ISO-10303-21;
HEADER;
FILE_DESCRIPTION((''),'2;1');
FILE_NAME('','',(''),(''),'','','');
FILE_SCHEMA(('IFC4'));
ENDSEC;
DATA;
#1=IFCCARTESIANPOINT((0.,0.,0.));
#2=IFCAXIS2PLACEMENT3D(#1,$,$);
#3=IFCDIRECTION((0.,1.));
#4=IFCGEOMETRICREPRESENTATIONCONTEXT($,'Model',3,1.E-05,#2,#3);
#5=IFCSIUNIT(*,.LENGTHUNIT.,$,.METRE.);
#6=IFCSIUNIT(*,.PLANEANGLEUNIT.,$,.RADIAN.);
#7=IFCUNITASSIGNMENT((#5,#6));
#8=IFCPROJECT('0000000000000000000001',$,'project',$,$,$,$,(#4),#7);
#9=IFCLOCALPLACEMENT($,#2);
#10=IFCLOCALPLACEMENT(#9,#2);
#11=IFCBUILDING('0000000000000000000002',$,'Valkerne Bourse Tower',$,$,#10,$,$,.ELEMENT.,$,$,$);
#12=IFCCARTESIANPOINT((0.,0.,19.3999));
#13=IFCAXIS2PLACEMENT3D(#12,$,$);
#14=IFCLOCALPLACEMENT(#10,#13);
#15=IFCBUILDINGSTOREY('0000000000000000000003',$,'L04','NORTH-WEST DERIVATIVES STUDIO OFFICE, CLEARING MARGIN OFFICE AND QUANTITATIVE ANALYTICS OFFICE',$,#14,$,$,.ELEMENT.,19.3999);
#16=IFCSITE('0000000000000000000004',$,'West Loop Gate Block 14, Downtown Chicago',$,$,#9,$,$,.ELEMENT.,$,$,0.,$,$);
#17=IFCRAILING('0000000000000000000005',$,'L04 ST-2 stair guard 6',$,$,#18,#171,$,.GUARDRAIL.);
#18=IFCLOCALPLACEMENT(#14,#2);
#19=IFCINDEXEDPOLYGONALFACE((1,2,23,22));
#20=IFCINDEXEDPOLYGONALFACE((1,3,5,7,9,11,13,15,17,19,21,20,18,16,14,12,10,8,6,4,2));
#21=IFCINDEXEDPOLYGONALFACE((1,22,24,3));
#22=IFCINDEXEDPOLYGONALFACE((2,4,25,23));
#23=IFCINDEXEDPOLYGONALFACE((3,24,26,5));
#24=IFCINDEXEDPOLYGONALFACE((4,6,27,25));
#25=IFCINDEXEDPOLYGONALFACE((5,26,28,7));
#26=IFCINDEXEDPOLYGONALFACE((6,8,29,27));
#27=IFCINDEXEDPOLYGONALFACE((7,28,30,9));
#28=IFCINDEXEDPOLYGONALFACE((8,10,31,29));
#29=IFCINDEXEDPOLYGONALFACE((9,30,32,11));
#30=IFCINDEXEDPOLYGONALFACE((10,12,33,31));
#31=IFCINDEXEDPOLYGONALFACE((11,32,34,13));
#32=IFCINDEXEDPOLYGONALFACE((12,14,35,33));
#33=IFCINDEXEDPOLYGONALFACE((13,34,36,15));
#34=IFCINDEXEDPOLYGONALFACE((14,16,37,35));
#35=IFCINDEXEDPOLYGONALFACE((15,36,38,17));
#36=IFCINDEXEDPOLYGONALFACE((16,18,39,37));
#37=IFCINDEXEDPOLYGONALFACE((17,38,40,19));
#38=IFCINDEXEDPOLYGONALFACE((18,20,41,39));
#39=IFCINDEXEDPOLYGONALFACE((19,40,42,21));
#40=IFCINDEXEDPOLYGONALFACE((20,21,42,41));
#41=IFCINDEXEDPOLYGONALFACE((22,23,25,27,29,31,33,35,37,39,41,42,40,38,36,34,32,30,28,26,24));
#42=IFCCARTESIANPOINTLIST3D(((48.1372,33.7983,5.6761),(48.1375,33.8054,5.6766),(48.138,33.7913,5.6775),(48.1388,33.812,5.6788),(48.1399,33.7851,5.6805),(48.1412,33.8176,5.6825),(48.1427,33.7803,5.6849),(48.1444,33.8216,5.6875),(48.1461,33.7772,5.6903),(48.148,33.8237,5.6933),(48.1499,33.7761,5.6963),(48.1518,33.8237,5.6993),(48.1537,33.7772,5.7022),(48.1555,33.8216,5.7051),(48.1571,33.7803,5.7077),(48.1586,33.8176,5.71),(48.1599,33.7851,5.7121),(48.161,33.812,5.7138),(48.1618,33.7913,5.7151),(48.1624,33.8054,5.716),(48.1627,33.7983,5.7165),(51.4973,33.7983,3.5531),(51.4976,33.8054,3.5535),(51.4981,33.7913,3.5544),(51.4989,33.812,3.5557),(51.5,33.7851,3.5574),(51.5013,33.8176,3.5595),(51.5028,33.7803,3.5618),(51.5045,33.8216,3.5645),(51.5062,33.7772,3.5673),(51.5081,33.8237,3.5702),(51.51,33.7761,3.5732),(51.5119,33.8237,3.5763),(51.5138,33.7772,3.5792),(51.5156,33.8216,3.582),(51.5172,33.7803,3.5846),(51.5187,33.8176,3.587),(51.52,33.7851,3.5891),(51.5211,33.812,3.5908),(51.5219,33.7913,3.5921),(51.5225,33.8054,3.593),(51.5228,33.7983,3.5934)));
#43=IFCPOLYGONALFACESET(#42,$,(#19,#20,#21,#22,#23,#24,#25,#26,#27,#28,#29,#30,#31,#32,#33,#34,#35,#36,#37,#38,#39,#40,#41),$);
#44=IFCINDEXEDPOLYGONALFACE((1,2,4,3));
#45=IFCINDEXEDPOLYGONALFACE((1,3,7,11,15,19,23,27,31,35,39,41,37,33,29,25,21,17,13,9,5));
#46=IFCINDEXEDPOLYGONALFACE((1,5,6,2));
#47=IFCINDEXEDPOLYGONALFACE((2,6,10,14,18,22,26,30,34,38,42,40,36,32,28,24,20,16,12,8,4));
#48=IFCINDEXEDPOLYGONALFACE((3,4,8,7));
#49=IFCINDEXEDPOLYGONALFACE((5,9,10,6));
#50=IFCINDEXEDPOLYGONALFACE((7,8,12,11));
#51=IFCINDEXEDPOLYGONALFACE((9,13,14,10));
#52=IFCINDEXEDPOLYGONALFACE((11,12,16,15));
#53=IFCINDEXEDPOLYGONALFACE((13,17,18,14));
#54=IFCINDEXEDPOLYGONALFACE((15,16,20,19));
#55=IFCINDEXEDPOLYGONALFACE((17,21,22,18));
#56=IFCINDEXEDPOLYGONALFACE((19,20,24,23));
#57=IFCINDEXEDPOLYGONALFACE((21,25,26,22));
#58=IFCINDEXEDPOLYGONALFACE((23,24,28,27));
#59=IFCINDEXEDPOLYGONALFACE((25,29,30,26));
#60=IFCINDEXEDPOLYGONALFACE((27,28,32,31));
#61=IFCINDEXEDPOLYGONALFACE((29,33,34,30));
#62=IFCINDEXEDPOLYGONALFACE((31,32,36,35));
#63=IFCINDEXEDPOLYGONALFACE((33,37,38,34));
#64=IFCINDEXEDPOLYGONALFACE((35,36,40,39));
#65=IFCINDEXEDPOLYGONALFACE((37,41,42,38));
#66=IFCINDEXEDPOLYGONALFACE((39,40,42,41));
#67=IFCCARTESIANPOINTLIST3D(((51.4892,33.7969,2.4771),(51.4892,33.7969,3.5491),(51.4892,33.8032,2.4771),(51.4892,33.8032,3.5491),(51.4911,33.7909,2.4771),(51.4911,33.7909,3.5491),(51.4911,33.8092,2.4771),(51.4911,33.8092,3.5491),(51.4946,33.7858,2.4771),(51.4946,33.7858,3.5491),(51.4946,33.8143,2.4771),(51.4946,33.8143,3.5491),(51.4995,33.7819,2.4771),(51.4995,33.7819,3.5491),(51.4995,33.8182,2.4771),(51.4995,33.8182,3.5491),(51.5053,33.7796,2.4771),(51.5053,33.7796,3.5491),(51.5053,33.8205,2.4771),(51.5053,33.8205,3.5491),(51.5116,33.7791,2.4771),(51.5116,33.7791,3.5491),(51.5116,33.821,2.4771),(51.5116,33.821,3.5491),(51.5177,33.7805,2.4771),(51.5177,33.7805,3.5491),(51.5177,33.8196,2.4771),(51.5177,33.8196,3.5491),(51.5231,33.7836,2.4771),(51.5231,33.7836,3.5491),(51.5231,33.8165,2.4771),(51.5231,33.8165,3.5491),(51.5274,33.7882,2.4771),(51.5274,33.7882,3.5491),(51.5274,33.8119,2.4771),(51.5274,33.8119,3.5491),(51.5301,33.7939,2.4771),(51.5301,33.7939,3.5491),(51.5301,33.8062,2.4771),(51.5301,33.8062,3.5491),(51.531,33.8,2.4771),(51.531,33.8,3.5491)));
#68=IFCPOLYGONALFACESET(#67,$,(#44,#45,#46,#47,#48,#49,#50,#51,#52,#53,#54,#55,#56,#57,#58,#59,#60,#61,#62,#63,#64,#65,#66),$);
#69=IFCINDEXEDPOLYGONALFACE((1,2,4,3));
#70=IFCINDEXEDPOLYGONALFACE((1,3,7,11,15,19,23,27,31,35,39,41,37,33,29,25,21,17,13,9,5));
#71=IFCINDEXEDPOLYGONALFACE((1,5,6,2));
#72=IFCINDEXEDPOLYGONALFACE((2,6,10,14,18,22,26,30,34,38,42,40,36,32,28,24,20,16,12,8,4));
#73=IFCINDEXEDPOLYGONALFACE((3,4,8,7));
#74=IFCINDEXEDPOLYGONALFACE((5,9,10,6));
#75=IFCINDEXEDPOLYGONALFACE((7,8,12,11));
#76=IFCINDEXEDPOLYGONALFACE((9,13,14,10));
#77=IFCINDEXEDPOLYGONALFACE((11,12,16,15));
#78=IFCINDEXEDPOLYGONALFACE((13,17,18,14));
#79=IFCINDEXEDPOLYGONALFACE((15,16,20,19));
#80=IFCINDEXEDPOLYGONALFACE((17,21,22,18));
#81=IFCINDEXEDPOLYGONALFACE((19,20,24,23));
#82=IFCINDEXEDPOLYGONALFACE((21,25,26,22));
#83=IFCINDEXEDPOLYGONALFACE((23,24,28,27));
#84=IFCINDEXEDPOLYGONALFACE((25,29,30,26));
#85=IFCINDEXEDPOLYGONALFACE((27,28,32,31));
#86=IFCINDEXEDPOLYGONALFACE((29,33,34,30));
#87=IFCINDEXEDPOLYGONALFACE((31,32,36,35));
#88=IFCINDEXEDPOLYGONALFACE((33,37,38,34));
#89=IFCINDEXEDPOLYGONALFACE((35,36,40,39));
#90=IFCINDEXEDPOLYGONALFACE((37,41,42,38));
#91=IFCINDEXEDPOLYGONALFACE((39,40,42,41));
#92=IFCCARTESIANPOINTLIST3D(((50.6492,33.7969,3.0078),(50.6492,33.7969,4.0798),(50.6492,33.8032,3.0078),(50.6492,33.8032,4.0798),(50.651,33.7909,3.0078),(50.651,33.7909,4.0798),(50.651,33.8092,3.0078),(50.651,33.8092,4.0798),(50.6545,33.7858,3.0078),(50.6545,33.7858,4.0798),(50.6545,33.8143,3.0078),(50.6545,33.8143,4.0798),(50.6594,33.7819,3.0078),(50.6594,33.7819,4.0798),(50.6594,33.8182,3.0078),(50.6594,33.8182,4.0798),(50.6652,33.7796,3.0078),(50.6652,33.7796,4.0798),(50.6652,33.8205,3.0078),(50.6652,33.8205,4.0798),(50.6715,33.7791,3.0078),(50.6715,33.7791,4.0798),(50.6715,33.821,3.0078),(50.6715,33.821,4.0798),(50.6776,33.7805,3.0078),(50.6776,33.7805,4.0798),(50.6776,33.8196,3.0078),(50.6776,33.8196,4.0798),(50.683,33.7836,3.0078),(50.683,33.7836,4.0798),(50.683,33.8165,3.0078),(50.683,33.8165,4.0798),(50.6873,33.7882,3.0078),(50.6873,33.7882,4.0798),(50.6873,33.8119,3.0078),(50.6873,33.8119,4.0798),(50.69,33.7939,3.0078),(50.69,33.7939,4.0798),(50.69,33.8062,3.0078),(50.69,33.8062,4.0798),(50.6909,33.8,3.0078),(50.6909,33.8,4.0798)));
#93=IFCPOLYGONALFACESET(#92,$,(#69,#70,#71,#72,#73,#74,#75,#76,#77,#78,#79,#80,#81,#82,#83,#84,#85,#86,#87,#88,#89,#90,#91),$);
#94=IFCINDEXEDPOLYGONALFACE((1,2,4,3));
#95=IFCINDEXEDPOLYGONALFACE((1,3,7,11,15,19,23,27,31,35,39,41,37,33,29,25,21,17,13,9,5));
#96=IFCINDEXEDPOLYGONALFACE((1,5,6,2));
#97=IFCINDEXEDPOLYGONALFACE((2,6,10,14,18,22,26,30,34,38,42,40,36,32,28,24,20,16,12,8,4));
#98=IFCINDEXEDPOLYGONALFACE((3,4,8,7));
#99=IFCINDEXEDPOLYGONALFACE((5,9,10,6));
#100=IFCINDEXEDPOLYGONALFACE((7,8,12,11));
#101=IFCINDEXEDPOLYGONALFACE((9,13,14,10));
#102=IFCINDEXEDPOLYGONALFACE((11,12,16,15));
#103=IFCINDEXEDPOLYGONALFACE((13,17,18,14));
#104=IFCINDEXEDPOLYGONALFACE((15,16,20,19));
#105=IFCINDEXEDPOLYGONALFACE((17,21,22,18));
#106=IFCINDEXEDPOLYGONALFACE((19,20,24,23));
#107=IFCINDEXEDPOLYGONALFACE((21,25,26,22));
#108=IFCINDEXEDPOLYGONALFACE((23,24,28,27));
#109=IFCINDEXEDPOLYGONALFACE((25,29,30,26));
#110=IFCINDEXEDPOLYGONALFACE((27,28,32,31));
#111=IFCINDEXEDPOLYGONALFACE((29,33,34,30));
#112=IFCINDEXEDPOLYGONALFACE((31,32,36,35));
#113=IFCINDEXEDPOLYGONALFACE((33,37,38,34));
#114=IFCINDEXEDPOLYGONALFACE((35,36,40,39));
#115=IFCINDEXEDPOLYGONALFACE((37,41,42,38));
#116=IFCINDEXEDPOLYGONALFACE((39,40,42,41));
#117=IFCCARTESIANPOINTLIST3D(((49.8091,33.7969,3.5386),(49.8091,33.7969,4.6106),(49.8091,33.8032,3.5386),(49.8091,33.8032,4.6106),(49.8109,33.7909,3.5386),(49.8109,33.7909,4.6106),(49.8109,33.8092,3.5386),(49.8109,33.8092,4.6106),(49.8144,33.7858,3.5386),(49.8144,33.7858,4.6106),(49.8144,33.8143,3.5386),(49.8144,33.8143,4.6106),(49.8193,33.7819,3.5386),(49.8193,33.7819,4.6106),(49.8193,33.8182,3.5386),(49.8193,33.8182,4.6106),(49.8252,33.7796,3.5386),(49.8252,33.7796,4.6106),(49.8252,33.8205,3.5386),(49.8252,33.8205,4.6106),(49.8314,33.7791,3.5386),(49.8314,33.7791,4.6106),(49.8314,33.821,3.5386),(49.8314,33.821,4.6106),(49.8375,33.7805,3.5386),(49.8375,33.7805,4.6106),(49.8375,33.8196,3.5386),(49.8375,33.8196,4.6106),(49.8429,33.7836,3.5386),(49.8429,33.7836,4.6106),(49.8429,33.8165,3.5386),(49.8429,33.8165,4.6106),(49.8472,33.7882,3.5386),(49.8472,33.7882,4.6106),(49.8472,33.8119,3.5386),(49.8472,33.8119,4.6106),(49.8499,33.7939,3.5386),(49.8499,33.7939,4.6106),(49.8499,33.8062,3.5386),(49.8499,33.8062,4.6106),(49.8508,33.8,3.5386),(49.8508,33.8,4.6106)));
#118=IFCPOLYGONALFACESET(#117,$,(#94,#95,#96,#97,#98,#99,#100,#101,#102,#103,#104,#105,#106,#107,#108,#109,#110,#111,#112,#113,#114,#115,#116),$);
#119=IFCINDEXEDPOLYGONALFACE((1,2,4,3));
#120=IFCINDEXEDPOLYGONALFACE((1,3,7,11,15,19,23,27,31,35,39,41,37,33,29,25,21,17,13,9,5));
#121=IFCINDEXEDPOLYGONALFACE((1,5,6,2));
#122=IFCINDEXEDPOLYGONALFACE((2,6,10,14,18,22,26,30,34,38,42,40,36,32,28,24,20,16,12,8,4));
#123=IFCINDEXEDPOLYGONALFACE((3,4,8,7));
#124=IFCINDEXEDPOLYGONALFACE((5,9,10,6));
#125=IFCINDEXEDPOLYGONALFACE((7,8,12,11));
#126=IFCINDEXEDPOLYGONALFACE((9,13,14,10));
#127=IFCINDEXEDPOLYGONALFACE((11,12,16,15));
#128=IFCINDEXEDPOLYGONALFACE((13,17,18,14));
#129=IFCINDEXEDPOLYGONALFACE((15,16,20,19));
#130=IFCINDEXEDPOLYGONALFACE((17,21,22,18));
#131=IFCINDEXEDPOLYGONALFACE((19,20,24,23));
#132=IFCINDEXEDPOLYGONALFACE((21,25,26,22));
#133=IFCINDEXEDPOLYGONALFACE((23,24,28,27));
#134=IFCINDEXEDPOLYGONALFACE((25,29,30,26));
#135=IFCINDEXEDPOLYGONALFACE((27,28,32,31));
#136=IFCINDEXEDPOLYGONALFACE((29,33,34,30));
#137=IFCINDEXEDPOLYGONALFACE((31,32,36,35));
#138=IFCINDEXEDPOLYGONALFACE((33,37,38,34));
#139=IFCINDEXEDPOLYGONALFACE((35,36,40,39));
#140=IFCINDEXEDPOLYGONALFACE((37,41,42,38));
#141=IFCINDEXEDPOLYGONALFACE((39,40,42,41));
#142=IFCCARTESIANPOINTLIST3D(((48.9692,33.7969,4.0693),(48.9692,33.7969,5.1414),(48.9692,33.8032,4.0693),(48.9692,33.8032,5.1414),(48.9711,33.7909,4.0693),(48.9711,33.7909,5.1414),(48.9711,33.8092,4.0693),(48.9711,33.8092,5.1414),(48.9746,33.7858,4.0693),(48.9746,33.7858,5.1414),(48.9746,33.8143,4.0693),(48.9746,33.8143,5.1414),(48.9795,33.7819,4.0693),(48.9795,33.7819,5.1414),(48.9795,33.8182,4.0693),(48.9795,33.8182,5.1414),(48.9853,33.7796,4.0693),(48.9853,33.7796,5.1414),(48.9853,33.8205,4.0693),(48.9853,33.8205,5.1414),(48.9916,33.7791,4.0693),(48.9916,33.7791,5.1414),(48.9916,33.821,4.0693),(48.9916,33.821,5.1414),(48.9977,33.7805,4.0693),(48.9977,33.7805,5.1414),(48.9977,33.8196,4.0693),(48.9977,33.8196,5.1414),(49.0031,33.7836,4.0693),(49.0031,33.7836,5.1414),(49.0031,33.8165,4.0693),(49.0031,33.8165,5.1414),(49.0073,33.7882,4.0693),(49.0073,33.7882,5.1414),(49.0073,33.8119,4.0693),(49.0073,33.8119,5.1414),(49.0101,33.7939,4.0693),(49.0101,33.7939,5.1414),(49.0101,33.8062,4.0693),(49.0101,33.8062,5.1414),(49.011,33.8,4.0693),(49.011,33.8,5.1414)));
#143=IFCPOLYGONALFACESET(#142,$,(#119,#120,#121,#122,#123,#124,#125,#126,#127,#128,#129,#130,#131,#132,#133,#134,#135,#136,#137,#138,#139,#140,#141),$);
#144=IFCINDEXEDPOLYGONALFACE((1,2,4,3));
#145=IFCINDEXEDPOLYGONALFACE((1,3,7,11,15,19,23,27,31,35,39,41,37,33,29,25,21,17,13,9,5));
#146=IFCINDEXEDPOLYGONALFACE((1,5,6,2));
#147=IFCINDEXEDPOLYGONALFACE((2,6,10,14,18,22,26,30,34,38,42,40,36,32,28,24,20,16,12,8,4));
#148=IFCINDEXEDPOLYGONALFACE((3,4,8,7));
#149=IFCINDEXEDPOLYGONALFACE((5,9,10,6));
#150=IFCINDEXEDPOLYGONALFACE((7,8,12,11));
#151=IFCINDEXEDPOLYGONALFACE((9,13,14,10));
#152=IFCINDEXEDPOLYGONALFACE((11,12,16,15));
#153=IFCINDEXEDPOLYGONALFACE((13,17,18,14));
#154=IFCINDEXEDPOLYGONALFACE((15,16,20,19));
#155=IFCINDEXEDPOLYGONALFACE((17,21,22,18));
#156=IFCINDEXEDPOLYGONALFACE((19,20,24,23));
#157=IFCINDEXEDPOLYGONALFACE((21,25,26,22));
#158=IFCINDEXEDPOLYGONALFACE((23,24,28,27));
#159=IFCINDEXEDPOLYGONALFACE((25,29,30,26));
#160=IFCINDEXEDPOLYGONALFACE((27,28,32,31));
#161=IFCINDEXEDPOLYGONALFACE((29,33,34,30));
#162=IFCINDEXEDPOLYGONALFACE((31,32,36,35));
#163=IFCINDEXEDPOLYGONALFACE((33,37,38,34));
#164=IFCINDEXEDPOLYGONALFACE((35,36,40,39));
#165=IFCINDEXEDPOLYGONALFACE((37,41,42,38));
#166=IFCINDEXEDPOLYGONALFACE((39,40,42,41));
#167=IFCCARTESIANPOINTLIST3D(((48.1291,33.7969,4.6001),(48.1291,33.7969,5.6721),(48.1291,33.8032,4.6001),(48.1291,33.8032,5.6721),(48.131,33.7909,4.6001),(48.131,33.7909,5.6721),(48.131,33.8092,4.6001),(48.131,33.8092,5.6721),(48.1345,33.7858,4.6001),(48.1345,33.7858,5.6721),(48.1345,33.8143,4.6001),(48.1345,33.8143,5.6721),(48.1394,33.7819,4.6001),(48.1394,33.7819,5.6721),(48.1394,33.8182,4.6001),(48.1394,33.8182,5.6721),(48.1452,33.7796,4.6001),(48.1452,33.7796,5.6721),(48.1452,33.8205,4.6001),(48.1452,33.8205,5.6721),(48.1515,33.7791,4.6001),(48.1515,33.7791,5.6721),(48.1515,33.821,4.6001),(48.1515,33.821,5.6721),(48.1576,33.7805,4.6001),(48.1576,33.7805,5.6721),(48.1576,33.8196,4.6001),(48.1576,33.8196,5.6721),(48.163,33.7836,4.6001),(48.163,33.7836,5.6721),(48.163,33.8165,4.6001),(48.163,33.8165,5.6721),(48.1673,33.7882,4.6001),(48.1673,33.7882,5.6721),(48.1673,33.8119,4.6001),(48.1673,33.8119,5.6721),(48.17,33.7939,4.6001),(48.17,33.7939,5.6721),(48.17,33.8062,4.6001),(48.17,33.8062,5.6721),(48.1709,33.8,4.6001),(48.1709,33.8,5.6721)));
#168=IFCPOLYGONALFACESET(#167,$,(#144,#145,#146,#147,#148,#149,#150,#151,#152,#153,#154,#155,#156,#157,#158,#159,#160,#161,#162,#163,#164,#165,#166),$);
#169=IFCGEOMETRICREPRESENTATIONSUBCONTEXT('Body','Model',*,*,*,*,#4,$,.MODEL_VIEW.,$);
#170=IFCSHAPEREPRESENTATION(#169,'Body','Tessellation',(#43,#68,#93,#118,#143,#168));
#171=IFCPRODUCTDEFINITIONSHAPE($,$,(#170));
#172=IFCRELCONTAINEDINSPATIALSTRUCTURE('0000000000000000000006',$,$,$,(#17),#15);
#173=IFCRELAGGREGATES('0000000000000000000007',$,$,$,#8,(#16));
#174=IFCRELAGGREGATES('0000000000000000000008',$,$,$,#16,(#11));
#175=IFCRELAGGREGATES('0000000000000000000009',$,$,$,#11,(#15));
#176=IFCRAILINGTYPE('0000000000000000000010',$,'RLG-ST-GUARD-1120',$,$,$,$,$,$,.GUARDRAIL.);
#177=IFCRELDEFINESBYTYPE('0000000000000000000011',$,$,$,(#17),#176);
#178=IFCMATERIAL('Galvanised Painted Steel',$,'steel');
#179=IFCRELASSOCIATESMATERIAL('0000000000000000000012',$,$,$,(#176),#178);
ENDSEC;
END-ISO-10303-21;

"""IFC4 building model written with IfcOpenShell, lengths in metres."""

from ifc_helpers import new_model, si_unit, direction, frame, origin, origin_2d, place, context, subcontext, project, spatial, circle, extrude, material, type_object, element, save


model = new_model("IFC4")

# Units and contexts
model_context = context("Model", 3, precision=1e-05, world=origin(), true_north=direction((0.0, 1.0)))
body_context = subcontext(model_context, "Body", "Model", "MODEL_VIEW")
ifc_project = project(units=[si_unit("LENGTHUNIT", "METRE"), si_unit("PLANEANGLEUNIT", "RADIAN")], contexts=[model_context])

# Site, building, storey
site_placement = place(None, origin())
site = spatial("IfcSite", under=ifc_project, at=site_placement, Name="West Loop Gate Block 14, Downtown Chicago", CompositionType="ELEMENT", RefElevation=0.0)
building_placement = place(site_placement, origin())
building = spatial("IfcBuilding", under=site, at=building_placement, Name="Valkerne Bourse Tower", CompositionType="ELEMENT")
storey_placement = place(building_placement, frame((0.0, 0.0, 19.3999)))
storey = spatial("IfcBuildingStorey", under=building, at=storey_placement, Name="L04", Description="NORTH-WEST DERIVATIVES STUDIO OFFICE, CLEARING MARGIN OFFICE AND QUANTITATIVE ANALYTICS OFFICE", CompositionType="ELEMENT", Elevation=19.3999)

# Railing
ifc_material_1 = material(Name="Galvanised Painted Steel", Category="steel")
railing_type_1 = type_object("IfcRailingType", Name="RLG-ST-GUARD-1120", PredefinedType="GUARDRAIL", material=ifc_material_1)
railing_1_placement = place(storey_placement, frame((51.51, 33.8, 2.4771)))
element("IfcRailing", 1, at=railing_1_placement, inside=storey, type_object=railing_type_1, Name="L04 ST-2 stair guard 6", PredefinedType="GUARDRAIL", context=body_context, shape_type="SweptSolid", body=[
    extrude(circle(Radius=0.0239, at=origin_2d()), frame((0.0, 0.0, 1.0962), z_axis=(-0.84539, 0.0, 0.53415), x_axis=(0.0, -1.0, 0.0)), (0.0, 0.0, 1.0), 3.9746),
    extrude(circle(Radius=0.021, at=origin_2d()), origin(), (0.0, 0.0, 1.0), 1.072),
    extrude(circle(Radius=0.021, at=origin_2d()), frame((-0.8401, 0.0, 0.5308)), (0.0, 0.0, 1.0), 1.072),
    extrude(circle(Radius=0.021, at=origin_2d()), frame((-1.6802, 0.0, 1.0615)), (0.0, 0.0, 1.0), 1.072),
    extrude(circle(Radius=0.021, at=origin_2d()), frame((-2.52, 0.0, 1.5923)), (0.0, 0.0, 1.0), 1.072),
    extrude(circle(Radius=0.021, at=origin_2d()), frame((-3.3601, 0.0, 2.123)), (0.0, 0.0, 1.0), 1.072),
])

save(model, "model.ifc")
